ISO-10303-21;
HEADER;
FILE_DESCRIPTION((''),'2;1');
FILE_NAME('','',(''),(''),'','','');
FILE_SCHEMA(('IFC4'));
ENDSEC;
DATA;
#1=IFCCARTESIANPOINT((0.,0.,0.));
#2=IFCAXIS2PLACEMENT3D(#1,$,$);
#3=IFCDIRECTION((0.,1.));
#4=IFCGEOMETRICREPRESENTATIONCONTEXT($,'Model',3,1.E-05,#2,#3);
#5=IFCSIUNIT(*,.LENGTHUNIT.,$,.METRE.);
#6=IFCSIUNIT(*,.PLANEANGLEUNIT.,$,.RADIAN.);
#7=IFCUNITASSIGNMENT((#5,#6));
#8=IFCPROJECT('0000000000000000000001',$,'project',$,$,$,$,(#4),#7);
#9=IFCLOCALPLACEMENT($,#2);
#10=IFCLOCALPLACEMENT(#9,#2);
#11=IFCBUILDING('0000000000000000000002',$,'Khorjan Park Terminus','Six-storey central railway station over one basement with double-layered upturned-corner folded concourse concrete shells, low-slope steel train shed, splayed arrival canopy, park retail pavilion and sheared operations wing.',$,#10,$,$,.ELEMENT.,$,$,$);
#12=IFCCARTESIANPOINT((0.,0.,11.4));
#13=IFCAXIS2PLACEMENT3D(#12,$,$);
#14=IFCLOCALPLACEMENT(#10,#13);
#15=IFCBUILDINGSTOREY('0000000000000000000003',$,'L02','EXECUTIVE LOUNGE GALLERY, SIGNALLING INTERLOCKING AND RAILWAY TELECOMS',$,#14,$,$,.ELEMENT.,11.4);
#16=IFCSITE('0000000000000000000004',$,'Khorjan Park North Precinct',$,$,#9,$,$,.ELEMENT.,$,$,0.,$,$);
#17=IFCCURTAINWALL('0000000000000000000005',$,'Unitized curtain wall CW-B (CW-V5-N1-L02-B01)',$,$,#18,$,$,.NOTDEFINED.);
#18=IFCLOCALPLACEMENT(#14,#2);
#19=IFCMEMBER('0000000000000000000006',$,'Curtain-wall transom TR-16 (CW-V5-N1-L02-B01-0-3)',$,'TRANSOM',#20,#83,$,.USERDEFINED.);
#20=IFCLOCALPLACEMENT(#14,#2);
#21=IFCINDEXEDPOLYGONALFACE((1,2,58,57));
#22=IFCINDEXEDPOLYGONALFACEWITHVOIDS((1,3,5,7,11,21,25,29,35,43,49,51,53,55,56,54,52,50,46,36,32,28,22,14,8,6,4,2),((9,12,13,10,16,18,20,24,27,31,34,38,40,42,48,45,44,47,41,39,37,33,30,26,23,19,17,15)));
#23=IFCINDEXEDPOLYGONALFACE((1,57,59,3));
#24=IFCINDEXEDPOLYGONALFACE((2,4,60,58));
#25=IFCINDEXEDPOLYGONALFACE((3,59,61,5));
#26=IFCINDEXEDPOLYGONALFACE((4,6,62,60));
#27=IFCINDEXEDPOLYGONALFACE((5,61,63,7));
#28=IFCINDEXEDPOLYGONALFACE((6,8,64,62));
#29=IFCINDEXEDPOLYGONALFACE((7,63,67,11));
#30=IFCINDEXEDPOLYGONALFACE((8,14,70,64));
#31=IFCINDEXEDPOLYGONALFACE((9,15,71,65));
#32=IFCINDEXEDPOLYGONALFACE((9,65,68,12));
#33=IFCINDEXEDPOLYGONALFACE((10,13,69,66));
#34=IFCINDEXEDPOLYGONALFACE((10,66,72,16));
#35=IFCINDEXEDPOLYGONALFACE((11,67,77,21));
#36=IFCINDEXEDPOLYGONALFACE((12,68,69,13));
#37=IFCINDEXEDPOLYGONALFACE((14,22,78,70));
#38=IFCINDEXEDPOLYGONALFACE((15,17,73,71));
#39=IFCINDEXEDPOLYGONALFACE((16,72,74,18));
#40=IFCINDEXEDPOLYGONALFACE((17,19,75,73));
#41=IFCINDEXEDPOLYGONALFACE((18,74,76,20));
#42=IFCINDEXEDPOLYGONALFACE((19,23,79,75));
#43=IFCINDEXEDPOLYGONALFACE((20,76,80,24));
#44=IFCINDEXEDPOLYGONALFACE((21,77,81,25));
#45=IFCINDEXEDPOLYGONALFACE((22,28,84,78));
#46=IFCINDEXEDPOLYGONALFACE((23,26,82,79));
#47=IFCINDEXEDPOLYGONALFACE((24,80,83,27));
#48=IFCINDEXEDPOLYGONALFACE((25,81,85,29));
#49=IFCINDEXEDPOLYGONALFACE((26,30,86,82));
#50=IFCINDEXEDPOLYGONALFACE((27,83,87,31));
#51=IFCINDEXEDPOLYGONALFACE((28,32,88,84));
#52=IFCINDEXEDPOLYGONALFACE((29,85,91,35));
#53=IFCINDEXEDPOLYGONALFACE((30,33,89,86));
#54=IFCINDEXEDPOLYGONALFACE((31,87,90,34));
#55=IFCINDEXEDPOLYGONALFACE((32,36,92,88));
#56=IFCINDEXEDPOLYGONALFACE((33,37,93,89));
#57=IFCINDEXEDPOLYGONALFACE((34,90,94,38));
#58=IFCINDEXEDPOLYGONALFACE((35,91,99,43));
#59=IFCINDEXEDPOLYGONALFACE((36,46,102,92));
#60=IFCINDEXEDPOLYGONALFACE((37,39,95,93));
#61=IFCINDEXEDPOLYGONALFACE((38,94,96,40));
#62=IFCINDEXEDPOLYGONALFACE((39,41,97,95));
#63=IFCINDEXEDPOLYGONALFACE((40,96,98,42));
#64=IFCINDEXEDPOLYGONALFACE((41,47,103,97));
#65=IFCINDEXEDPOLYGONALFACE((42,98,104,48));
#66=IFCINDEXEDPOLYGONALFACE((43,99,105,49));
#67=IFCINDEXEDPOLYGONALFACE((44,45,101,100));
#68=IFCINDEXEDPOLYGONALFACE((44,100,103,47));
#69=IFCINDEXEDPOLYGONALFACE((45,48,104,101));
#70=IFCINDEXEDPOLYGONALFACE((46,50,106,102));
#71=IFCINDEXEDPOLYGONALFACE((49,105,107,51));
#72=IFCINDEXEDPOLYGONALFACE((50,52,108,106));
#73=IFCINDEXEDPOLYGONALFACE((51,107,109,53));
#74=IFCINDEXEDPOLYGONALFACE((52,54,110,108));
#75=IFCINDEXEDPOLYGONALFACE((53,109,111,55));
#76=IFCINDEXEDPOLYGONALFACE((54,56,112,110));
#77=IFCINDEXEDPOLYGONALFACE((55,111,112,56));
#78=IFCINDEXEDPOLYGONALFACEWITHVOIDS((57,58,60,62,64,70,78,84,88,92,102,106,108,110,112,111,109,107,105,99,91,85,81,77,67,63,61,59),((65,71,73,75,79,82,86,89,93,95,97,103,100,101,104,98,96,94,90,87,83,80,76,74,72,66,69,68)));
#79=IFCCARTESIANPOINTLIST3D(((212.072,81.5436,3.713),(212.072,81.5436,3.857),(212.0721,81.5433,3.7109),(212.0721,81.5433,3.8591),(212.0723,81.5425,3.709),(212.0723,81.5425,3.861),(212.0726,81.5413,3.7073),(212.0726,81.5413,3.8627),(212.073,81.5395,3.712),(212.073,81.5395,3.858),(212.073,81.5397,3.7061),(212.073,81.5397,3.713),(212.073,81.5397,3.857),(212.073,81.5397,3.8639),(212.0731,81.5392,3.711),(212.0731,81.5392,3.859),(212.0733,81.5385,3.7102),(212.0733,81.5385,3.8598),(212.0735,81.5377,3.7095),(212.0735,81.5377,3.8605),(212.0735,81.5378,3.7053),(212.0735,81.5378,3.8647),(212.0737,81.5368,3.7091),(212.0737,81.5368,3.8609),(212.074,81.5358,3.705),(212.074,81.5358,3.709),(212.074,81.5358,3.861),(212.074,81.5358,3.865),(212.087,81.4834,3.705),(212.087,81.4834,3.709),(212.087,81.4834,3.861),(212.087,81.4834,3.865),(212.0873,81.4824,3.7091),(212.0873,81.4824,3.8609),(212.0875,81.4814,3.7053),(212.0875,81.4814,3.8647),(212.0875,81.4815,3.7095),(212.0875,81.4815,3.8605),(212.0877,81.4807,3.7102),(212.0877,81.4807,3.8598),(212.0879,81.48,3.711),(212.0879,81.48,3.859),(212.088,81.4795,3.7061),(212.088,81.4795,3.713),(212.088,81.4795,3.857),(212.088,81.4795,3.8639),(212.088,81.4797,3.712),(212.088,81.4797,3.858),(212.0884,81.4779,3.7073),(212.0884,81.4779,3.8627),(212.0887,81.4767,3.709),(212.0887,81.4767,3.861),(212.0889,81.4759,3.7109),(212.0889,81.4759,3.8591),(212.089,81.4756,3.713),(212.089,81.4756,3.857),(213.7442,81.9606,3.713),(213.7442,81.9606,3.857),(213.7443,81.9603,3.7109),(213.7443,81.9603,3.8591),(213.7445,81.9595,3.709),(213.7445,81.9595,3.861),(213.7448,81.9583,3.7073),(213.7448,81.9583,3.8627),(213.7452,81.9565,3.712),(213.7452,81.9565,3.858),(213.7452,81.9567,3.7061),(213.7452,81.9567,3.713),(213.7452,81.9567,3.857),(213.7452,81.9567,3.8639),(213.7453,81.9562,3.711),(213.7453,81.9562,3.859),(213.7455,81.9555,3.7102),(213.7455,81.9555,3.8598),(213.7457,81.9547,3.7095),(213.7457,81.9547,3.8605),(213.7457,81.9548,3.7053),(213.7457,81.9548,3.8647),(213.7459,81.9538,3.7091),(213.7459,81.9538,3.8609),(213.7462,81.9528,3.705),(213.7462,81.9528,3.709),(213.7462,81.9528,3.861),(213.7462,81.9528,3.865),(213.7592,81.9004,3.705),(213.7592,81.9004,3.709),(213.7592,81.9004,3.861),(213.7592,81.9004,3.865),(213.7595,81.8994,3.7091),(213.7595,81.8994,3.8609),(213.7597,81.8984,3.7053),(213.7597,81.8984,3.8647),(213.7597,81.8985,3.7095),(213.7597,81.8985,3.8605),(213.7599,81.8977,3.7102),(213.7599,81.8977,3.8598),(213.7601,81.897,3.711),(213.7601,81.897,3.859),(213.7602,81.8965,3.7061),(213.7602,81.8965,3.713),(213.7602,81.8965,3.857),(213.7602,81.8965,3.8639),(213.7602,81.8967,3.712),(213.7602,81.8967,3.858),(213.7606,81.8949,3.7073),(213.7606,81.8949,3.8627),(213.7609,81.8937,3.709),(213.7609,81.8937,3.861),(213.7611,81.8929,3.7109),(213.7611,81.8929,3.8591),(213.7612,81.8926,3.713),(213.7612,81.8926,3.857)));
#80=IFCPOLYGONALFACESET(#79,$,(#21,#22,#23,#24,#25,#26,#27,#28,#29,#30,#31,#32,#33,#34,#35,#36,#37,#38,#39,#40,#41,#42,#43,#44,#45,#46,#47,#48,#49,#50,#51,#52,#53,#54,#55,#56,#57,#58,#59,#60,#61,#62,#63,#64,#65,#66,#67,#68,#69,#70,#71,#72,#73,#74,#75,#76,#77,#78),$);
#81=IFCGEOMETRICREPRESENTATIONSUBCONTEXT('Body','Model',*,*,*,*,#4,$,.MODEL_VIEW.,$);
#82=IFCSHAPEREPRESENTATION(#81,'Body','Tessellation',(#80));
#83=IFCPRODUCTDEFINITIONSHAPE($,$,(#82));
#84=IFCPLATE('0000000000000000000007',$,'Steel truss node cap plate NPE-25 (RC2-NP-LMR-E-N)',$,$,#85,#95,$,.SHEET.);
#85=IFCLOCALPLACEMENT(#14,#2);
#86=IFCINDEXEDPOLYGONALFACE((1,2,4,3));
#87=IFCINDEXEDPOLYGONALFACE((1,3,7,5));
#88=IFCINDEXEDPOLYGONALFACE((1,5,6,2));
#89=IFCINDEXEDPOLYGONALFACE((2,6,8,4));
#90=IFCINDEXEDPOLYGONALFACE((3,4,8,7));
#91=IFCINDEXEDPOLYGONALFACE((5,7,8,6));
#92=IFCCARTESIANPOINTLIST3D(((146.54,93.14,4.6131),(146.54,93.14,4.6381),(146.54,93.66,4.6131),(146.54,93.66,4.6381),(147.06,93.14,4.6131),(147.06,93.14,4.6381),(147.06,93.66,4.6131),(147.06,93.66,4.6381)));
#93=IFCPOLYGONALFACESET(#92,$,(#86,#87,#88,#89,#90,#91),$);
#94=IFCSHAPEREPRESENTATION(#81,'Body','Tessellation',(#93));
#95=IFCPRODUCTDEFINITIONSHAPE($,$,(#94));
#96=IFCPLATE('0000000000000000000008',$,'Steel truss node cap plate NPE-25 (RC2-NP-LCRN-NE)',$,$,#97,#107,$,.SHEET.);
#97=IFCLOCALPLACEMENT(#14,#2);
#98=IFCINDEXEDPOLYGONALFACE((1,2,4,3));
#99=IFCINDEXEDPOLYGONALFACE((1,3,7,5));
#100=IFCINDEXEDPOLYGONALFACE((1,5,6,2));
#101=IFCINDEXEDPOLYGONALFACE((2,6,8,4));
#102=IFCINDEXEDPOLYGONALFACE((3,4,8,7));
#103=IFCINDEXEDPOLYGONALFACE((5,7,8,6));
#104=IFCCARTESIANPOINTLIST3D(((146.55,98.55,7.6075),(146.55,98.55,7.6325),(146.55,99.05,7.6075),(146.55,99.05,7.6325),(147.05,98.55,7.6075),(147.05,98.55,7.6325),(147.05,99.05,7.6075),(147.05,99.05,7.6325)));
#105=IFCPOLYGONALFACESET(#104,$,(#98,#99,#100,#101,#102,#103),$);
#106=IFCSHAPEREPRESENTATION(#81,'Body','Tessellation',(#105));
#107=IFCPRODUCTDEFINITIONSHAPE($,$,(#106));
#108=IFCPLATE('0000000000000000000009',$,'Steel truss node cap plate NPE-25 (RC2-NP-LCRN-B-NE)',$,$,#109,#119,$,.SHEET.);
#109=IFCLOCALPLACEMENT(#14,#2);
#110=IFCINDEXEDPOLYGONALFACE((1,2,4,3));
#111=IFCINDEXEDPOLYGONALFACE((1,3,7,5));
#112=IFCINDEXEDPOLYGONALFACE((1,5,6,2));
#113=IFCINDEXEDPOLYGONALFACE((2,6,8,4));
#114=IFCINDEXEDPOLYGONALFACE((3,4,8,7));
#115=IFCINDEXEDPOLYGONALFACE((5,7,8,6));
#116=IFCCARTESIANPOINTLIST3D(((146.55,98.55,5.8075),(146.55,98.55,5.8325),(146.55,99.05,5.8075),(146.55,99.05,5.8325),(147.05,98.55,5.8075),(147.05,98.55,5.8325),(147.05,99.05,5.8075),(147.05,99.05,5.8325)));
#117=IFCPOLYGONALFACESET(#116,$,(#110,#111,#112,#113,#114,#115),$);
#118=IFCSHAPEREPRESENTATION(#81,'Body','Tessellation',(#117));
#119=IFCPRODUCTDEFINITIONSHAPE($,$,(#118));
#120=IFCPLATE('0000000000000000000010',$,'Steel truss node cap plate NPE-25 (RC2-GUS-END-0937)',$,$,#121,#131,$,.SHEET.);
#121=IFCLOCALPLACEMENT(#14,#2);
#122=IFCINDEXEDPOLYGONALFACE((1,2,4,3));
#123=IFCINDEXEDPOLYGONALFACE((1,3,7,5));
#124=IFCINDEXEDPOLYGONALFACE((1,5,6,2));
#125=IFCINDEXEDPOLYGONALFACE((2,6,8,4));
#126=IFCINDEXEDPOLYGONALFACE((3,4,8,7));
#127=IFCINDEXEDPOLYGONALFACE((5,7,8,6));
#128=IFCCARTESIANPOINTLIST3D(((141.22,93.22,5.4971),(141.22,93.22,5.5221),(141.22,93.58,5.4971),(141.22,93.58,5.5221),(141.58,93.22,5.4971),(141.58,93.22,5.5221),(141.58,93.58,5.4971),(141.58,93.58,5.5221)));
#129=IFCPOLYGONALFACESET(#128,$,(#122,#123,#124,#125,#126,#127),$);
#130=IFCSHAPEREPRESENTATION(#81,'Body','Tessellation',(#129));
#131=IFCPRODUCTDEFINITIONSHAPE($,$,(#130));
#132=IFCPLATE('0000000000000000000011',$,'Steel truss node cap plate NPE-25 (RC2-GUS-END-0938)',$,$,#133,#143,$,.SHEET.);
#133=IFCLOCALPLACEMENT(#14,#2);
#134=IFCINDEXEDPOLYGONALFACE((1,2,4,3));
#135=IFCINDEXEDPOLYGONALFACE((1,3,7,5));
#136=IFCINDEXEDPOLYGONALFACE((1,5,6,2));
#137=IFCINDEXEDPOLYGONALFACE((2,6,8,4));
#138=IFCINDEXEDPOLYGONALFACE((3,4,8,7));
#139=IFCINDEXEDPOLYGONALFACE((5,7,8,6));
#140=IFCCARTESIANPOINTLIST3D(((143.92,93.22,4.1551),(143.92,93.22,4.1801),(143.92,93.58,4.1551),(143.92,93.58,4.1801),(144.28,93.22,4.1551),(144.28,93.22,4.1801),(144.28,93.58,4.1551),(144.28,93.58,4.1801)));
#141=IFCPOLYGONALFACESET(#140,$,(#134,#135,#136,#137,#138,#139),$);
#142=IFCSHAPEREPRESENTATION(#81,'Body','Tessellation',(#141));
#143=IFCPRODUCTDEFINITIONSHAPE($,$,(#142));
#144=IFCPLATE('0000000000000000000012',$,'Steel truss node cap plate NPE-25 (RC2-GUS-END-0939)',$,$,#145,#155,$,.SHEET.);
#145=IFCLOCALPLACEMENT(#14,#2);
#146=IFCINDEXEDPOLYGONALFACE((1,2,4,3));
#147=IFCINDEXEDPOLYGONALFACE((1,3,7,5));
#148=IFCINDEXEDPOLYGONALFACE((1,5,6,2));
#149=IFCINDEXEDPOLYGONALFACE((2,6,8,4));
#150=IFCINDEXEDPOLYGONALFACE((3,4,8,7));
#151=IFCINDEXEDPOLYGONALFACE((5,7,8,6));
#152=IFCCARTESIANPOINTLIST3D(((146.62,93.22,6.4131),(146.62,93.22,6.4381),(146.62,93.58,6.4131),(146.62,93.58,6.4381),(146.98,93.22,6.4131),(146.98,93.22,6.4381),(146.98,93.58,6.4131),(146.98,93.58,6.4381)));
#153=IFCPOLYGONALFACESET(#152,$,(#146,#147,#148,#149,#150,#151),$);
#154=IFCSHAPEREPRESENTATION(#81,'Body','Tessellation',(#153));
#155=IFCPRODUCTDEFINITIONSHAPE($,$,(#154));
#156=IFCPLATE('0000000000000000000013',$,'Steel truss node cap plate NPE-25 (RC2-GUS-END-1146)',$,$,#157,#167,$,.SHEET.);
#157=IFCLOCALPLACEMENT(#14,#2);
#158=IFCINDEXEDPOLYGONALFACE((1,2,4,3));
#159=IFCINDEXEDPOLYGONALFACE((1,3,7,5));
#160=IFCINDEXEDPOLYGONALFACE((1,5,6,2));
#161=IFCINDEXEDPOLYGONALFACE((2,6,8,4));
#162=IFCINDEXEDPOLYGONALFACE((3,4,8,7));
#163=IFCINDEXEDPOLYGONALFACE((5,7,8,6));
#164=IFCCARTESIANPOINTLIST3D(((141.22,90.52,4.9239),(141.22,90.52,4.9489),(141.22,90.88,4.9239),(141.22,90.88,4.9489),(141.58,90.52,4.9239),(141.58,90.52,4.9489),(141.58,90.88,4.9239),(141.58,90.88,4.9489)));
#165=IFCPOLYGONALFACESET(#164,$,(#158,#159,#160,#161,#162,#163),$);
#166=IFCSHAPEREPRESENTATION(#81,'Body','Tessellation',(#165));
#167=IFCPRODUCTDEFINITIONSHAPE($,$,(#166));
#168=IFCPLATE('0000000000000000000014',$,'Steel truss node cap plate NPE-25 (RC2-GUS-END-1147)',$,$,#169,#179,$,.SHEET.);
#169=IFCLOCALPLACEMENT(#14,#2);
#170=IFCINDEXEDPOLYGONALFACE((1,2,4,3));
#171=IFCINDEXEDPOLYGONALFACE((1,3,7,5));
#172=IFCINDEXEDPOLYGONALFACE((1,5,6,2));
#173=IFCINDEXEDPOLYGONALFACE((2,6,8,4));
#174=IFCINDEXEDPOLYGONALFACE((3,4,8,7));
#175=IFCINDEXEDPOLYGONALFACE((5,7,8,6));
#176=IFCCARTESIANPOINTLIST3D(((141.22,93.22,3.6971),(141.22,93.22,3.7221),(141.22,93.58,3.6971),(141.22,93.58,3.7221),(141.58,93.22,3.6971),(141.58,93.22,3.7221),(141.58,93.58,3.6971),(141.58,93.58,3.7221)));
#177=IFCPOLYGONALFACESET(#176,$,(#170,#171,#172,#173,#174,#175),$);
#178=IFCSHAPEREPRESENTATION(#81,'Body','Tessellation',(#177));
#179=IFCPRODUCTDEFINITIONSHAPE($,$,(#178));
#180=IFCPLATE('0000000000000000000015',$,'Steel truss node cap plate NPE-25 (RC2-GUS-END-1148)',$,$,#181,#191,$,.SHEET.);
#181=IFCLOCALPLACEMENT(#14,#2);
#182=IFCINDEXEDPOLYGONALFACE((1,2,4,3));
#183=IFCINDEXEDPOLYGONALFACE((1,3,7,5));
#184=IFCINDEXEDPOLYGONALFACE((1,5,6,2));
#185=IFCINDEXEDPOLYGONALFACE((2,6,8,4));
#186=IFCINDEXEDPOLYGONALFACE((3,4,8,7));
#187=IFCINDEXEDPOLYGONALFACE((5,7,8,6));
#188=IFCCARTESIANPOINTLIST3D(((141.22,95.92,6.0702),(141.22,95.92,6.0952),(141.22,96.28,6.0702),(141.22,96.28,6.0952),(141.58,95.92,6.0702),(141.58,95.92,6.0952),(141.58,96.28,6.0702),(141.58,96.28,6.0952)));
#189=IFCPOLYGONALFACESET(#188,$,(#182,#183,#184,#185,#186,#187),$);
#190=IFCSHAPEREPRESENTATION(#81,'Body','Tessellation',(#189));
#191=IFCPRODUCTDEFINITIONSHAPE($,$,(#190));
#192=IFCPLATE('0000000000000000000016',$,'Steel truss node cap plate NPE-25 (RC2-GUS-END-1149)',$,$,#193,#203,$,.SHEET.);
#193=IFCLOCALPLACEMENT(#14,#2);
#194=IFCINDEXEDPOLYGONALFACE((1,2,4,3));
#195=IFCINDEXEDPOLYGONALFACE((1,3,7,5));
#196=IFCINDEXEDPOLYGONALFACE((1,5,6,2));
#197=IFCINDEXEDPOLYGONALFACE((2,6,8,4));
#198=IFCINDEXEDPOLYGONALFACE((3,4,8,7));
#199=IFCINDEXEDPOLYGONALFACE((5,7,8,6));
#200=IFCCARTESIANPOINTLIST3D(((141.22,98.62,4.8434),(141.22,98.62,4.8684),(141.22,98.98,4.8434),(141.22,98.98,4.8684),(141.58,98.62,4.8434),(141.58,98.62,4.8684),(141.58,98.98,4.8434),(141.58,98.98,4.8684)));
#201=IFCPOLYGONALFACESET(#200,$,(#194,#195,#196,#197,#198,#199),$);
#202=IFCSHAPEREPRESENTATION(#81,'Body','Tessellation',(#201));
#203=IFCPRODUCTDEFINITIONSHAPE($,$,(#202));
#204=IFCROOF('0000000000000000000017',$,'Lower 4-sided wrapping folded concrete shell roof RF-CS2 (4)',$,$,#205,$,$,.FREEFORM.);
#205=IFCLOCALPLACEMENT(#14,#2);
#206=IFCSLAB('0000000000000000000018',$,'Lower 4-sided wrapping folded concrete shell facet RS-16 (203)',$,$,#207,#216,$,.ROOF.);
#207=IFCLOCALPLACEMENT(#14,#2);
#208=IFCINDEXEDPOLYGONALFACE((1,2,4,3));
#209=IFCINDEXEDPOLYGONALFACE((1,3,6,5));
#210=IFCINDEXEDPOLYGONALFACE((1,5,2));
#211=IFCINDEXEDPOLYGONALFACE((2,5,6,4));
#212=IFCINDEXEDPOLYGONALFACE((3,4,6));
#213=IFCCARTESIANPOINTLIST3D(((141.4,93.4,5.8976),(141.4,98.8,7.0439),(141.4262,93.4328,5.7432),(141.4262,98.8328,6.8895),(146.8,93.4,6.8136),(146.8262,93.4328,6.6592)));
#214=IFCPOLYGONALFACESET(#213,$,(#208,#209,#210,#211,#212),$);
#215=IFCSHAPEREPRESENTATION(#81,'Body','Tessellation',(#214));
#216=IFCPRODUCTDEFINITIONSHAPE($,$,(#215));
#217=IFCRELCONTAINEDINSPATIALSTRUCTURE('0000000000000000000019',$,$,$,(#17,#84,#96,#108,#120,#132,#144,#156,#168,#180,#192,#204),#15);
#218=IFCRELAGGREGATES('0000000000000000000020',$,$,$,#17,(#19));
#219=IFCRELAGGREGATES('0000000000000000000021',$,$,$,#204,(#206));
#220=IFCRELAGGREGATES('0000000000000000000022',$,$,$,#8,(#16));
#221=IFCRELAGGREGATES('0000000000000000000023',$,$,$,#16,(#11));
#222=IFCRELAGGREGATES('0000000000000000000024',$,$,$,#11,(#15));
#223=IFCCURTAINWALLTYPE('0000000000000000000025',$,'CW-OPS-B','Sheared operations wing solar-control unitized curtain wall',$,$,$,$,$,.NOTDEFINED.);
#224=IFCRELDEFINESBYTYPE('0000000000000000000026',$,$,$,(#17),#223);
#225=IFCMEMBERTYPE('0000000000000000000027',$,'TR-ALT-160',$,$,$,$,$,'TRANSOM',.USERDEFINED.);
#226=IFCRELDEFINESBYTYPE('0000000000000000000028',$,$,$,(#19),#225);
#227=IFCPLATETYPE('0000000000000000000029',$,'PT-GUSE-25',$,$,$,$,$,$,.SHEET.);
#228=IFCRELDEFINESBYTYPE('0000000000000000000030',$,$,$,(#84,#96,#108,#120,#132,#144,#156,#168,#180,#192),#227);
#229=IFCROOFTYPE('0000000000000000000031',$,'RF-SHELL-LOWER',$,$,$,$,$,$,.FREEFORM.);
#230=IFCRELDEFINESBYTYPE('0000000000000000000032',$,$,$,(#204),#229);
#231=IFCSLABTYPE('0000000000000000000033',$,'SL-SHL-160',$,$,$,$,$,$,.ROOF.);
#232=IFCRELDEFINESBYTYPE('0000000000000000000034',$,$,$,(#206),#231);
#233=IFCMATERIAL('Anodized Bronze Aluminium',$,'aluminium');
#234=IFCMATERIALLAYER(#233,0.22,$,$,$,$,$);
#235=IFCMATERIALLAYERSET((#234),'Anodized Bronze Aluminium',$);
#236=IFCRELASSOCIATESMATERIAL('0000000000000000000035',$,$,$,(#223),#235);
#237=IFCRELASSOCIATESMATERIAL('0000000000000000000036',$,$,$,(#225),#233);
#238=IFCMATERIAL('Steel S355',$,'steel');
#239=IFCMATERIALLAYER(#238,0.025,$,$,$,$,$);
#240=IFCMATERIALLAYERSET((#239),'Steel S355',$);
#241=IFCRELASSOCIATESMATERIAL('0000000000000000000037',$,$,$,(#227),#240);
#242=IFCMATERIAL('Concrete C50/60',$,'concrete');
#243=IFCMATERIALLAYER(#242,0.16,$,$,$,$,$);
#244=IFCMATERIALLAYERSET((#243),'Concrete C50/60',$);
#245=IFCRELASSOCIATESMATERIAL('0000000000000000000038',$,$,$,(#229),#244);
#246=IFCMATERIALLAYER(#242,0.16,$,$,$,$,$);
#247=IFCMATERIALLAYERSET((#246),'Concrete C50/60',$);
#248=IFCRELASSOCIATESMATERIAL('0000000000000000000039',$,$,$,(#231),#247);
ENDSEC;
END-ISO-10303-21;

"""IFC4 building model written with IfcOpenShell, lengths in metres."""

from ifc_helpers import new_model, si_unit, direction, frame, origin, origin_2d, place, context, subcontext, project, spatial, polyline, rectangle, hollow_rectangle, outline, extrude, material, layer, layer_set, material_profile, profile_set, type_object, element, aggregate, save


model = new_model("IFC4")

# Units and contexts
model_context = context("Model", 3, precision=1e-05, world=origin(), true_north=direction((0.0, 1.0)))
body_context = subcontext(model_context, "Body", "Model", "MODEL_VIEW")
ifc_project = project(units=[si_unit("LENGTHUNIT", "METRE"), si_unit("PLANEANGLEUNIT", "RADIAN")], contexts=[model_context])

# Site, building, storey
site_placement = place(None, origin())
site = spatial("IfcSite", under=ifc_project, at=site_placement, Name="Khorjan Park North Precinct", CompositionType="ELEMENT", RefElevation=0.0)
building_placement = place(site_placement, origin())
building = spatial("IfcBuilding", under=site, at=building_placement, Name="Khorjan Park Terminus", Description="Six-storey central railway station over one basement with double-layered upturned-corner folded concourse concrete shells, low-slope steel train shed, splayed arrival canopy, park retail pavilion and sheared operations wing.", CompositionType="ELEMENT")
storey_placement = place(building_placement, frame((0.0, 0.0, 11.4)))
storey = spatial("IfcBuildingStorey", under=building, at=storey_placement, Name="L02", Description="EXECUTIVE LOUNGE GALLERY, SIGNALLING INTERLOCKING AND RAILWAY TELECOMS", CompositionType="ELEMENT", Elevation=11.4)

# Shared definitions
ifc_material_1 = material(Name="Concrete C50/60", Category="concrete")
ifc_material_2 = material(Name="Steel S355", Category="steel")

# Curtain wall, member
ifc_material_3 = material(Name="Anodized Bronze Aluminium", Category="aluminium")
ifc_layer_1 = layer(ifc_material_3, 0.22)
ifc_layer_set_1 = layer_set([ifc_layer_1], Name="Anodized Bronze Aluminium")
curtain_wall_type = type_object("IfcCurtainWallType", Name="CW-OPS-B", Description="Sheared operations wing solar-control unitized curtain wall", PredefinedType="NOTDEFINED", material=ifc_layer_set_1)
curtain_wall_placement = place(storey_placement, origin())
curtain_wall = element("IfcCurtainWall", 1, at=curtain_wall_placement, inside=storey, type_object=curtain_wall_type, Name="Unitized curtain wall CW-B (CW-V5-N1-L02-B01)", PredefinedType="NOTDEFINED")
ifc_material_profile_1 = material_profile(ifc_material_3, hollow_rectangle(XDim=0.07, YDim=0.16, WallThickness=0.004, InnerFilletRadius=0.004, OuterFilletRadius=0.008, at=origin_2d()), Name="ALT 70x160x4")
ifc_profile_set_1 = profile_set([ifc_material_profile_1], Name="Anodized Bronze Aluminium")
member_type_1 = type_object("IfcMemberType", Name="TR-ALT-160", ElementType="TRANSOM", PredefinedType="USERDEFINED", material=ifc_profile_set_1)
member_1_placement = place(storey_placement, frame((213.7527, 81.9266, 3.785), z_axis=(-0.970286, -0.241962, 0.0), x_axis=(0.241962, -0.970286, 0.0)))
member_1 = element("IfcMember", 2, at=member_1_placement, type_object=member_type_1, Name="Curtain-wall transom TR-16 (CW-V5-N1-L02-B01-0-3)", ObjectType="TRANSOM", PredefinedType="USERDEFINED", context=body_context, shape_type="SweptSolid", body=[
    extrude(hollow_rectangle(XDim=0.07, YDim=0.16, WallThickness=0.004, InnerFilletRadius=0.004, OuterFilletRadius=0.008, at=origin_2d()), origin(), (0.0, 0.0, 1.0), 1.7234),
])
aggregate(curtain_wall, [member_1])

# Plates
ifc_layer_2 = layer(ifc_material_2, 0.025)
ifc_layer_set_2 = layer_set([ifc_layer_2], Name="Steel S355")
plate_type = type_object("IfcPlateType", Name="PT-GUSE-25", PredefinedType="SHEET", material=ifc_layer_set_2)
plate_placement = place(storey_placement, frame((146.8, 93.4, 4.6131), z_axis=(0.0, 0.0, 1.0), x_axis=(1.0, 0.0, 0.0)))
element("IfcPlate", 3, at=plate_placement, inside=storey, type_object=plate_type, Name="Steel truss node cap plate NPE-25 (RC2-NP-LMR-E-N)", PredefinedType="SHEET", context=body_context, shape_type="SweptSolid", body=[
    extrude(rectangle(XDim=0.52, YDim=0.52, at=origin_2d()), origin(), (0.0, 0.0, 1.0), 0.025),
])
for number, where, z_axis, x_axis, name in (
    (4, (146.8, 98.8, 7.6075), (0.0, 0.0, 1.0), (1.0, 0.0, 0.0), "Steel truss node cap plate NPE-25 (RC2-NP-LCRN-NE)"),
    (5, (146.8, 98.8, 5.8075), (0.0, 0.0, 1.0), (1.0, 0.0, 0.0), "Steel truss node cap plate NPE-25 (RC2-NP-LCRN-B-NE)"),
):
    element("IfcPlate", number, at=place(storey_placement, frame(where, z_axis=z_axis, x_axis=x_axis)), inside=storey, type_object=plate_type, Name=name, PredefinedType="SHEET", context=body_context, shape_type="SweptSolid", body=[
        extrude(rectangle(XDim=0.5, YDim=0.5, at=origin_2d()), origin(), (0.0, 0.0, 1.0), 0.025),
    ])
for number, where, z_axis, x_axis, name in (
    (6, (141.4, 93.4, 5.4971), (0.0, 0.0, 1.0), (1.0, 0.0, 0.0), "Steel truss node cap plate NPE-25 (RC2-GUS-END-0937)"),
    (7, (144.1, 93.4, 4.1551), (0.0, 0.0, 1.0), (1.0, 0.0, 0.0), "Steel truss node cap plate NPE-25 (RC2-GUS-END-0938)"),
    (8, (146.8, 93.4, 6.4131), (0.0, 0.0, 1.0), (1.0, 0.0, 0.0), "Steel truss node cap plate NPE-25 (RC2-GUS-END-0939)"),
    (9, (141.4, 90.7, 4.9239), (0.0, 0.0, 1.0), (1.0, 0.0, 0.0), "Steel truss node cap plate NPE-25 (RC2-GUS-END-1146)"),
    (10, (141.4, 93.4, 3.6971), (0.0, 0.0, 1.0), (1.0, 0.0, 0.0), "Steel truss node cap plate NPE-25 (RC2-GUS-END-1147)"),
    (11, (141.4, 96.1, 6.0702), (0.0, 0.0, 1.0), (1.0, 0.0, 0.0), "Steel truss node cap plate NPE-25 (RC2-GUS-END-1148)"),
    (12, (141.4, 98.8, 4.8434), (0.0, 0.0, 1.0), (1.0, 0.0, 0.0), "Steel truss node cap plate NPE-25 (RC2-GUS-END-1149)"),
):
    element("IfcPlate", number, at=place(storey_placement, frame(where, z_axis=z_axis, x_axis=x_axis)), inside=storey, type_object=plate_type, Name=name, PredefinedType="SHEET", context=body_context, shape_type="SweptSolid", body=[
        extrude(rectangle(XDim=0.36, YDim=0.36, at=origin_2d()), origin(), (0.0, 0.0, 1.0), 0.025),
    ])

# Roof, slab
ifc_layer_3 = layer(ifc_material_1, 0.16)
ifc_layer_set_3 = layer_set([ifc_layer_3], Name="Concrete C50/60")
roof_type = type_object("IfcRoofType", Name="RF-SHELL-LOWER", PredefinedType="FREEFORM", material=ifc_layer_set_3)
roof_placement = place(storey_placement, origin())
roof = element("IfcRoof", 13, at=roof_placement, inside=storey, type_object=roof_type, Name="Lower 4-sided wrapping folded concrete shell roof RF-CS2 (4)", PredefinedType="FREEFORM")
ifc_layer_4 = layer(ifc_material_1, 0.16)
ifc_layer_set_4 = layer_set([ifc_layer_4], Name="Concrete C50/60")
slab_type = type_object("IfcSlabType", Name="SL-SHL-160", PredefinedType="ROOF", material=ifc_layer_set_4)
slab_1_placement = place(storey_placement, frame((141.4, 93.4, 5.8976), z_axis=(-0.163694, -0.20485, 0.965008), x_axis=(0.985916, 0.0, 0.167241)))
slab_1 = element("IfcSlab", 14, at=slab_1_placement, type_object=slab_type, Name="Lower 4-sided wrapping folded concrete shell facet RS-16 (203)", PredefinedType="ROOF", context=body_context, shape_type="SweptSolid", body=[
    extrude(outline(polyline([(0.0, 0.0), (5.4771, 0.0), (0.1917, 5.517), (0.0, 0.0)])), origin(), (0.0, 0.0, -1.0), 0.16),
])
aggregate(roof, [slab_1])

save(model, "model.ifc")
